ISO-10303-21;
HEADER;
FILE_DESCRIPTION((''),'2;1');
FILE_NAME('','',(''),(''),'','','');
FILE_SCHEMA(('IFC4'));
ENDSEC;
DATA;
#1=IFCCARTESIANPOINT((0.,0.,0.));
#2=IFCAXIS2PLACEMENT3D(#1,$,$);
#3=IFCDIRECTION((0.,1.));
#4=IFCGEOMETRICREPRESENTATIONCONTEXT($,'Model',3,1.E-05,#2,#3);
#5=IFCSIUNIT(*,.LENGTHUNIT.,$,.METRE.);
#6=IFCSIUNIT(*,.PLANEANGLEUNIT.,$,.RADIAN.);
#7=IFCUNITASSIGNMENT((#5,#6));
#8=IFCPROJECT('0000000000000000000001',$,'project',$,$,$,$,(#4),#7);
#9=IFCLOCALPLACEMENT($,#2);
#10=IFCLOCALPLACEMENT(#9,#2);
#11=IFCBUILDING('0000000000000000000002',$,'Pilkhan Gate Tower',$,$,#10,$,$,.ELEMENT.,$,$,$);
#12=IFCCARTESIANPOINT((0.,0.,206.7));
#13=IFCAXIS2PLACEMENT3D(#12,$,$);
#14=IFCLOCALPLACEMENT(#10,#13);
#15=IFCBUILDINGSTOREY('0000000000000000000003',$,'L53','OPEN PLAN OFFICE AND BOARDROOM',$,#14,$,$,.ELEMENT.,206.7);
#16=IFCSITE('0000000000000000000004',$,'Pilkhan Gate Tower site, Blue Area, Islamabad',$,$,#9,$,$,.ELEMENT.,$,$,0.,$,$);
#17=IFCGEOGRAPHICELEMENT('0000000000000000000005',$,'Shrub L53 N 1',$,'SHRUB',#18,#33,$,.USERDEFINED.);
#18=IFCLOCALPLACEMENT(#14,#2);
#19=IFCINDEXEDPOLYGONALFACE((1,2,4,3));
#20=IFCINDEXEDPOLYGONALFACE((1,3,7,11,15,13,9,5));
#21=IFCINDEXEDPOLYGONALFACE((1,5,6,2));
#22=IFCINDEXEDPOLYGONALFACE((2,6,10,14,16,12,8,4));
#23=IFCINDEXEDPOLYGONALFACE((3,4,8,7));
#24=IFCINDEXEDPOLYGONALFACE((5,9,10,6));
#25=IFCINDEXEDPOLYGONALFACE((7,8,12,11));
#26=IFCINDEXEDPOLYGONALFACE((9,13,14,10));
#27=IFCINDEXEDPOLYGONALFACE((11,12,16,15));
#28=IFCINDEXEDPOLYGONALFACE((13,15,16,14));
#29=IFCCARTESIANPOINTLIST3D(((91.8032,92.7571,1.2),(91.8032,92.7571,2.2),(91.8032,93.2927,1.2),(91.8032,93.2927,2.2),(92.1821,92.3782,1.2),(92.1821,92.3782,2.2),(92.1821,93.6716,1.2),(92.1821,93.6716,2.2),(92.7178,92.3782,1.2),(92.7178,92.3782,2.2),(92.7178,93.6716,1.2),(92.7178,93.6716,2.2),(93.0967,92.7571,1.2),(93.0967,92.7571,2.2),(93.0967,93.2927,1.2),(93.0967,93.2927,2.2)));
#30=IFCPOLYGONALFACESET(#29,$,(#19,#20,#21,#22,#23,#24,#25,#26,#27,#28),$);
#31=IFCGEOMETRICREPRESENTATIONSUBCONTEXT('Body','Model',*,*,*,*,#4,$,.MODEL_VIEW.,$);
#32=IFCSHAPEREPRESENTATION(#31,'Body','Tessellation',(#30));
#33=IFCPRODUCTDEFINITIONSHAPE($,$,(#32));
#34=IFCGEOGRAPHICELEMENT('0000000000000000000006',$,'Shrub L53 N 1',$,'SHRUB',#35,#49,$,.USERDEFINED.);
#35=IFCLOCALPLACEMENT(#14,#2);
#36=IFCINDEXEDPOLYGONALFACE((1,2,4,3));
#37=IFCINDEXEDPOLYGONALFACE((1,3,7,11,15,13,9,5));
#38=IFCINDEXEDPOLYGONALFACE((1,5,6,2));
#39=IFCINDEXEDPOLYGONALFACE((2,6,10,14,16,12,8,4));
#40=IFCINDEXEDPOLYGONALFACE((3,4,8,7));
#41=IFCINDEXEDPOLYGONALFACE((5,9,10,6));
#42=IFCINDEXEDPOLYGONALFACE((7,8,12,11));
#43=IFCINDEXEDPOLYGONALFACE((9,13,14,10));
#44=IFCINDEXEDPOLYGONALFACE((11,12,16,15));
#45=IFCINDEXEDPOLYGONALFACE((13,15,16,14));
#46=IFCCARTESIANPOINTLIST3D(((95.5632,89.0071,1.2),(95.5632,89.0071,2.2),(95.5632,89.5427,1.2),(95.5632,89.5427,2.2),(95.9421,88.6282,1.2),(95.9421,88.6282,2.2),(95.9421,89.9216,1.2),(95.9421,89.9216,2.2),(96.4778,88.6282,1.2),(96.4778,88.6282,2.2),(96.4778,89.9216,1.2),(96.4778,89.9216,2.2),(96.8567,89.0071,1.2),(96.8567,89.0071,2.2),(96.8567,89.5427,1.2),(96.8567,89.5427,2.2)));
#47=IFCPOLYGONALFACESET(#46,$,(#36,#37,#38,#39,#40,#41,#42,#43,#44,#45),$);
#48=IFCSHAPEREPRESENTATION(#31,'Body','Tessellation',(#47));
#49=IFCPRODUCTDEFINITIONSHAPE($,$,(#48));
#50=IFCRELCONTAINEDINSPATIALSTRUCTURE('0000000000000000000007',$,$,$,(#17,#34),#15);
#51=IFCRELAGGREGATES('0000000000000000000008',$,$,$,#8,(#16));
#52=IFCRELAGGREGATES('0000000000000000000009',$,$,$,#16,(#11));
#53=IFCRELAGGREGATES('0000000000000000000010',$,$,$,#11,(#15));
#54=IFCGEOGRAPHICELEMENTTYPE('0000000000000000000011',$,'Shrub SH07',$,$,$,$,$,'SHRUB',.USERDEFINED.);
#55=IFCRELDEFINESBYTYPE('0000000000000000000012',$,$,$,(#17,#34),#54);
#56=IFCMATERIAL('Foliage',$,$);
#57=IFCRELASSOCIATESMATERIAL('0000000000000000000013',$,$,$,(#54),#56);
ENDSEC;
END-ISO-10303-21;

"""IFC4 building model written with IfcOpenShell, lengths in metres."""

from ifc_helpers import new_model, si_unit, direction, frame, origin, place, context, subcontext, project, spatial, polyline, outline, extrude, material, material_profile, profile_set, type_object, element, save


model = new_model("IFC4")

# Units and contexts
model_context = context("Model", 3, precision=1e-05, world=origin(), true_north=direction((0.0, 1.0)))
body_context = subcontext(model_context, "Body", "Model", "MODEL_VIEW")
ifc_project = project(units=[si_unit("LENGTHUNIT", "METRE"), si_unit("PLANEANGLEUNIT", "RADIAN")], contexts=[model_context])

# Site, building, storey
site_placement = place(None, origin())
site = spatial("IfcSite", under=ifc_project, at=site_placement, Name="Pilkhan Gate Tower site, Blue Area, Islamabad", CompositionType="ELEMENT", RefElevation=0.0)
building_placement = place(site_placement, origin())
building = spatial("IfcBuilding", under=site, at=building_placement, Name="Pilkhan Gate Tower", CompositionType="ELEMENT")
storey_placement = place(building_placement, frame((0.0, 0.0, 206.7)))
storey = spatial("IfcBuildingStorey", under=building, at=storey_placement, Name="L53", Description="OPEN PLAN OFFICE AND BOARDROOM", CompositionType="ELEMENT", Elevation=206.7)

# Geographic elements
ifc_material_1 = material(Name="Foliage")
ifc_material_profile_1 = material_profile(ifc_material_1, outline(polyline([(0.6467, 0.2678), (0.2678, 0.6467), (-0.2678, 0.6467), (-0.6467, 0.2678), (-0.6467, -0.2678), (-0.2678, -0.6467), (0.2678, -0.6467), (0.6467, -0.2678), (0.6467, 0.2678)])), Name="Shrub D1.4")
ifc_profile_set_1 = profile_set([ifc_material_profile_1], Name="Foliage")
geographic_element_type_1 = type_object("IfcGeographicElementType", Name="Shrub SH07", ElementType="SHRUB", PredefinedType="USERDEFINED", material=ifc_profile_set_1)
for number, where, z_axis, x_axis, name in (
    (1, (92.45, 93.0249, 1.2), (0.0, 0.0, 1.0), (1.0, 0.0, 0.0), "Shrub L53 N 1"),
    (2, (96.21, 89.2749, 1.2), (0.0, 0.0, 1.0), (1.0, 0.0, 0.0), "Shrub L53 N 1"),
):
    element("IfcGeographicElement", number, at=place(storey_placement, frame(where, z_axis=z_axis, x_axis=x_axis)), inside=storey, type_object=geographic_element_type_1, Name=name, ObjectType="SHRUB", PredefinedType="USERDEFINED", context=body_context, shape_type="SweptSolid", body=[
        extrude(outline(polyline([(0.6467, 0.2678), (0.2678, 0.6467), (-0.2678, 0.6467), (-0.6467, 0.2678), (-0.6467, -0.2678), (-0.2678, -0.6467), (0.2678, -0.6467), (0.6467, -0.2678), (0.6467, 0.2678)])), origin(), (0.0, 0.0, 1.0), 1.0),
    ])

save(model, "model.ifc")
